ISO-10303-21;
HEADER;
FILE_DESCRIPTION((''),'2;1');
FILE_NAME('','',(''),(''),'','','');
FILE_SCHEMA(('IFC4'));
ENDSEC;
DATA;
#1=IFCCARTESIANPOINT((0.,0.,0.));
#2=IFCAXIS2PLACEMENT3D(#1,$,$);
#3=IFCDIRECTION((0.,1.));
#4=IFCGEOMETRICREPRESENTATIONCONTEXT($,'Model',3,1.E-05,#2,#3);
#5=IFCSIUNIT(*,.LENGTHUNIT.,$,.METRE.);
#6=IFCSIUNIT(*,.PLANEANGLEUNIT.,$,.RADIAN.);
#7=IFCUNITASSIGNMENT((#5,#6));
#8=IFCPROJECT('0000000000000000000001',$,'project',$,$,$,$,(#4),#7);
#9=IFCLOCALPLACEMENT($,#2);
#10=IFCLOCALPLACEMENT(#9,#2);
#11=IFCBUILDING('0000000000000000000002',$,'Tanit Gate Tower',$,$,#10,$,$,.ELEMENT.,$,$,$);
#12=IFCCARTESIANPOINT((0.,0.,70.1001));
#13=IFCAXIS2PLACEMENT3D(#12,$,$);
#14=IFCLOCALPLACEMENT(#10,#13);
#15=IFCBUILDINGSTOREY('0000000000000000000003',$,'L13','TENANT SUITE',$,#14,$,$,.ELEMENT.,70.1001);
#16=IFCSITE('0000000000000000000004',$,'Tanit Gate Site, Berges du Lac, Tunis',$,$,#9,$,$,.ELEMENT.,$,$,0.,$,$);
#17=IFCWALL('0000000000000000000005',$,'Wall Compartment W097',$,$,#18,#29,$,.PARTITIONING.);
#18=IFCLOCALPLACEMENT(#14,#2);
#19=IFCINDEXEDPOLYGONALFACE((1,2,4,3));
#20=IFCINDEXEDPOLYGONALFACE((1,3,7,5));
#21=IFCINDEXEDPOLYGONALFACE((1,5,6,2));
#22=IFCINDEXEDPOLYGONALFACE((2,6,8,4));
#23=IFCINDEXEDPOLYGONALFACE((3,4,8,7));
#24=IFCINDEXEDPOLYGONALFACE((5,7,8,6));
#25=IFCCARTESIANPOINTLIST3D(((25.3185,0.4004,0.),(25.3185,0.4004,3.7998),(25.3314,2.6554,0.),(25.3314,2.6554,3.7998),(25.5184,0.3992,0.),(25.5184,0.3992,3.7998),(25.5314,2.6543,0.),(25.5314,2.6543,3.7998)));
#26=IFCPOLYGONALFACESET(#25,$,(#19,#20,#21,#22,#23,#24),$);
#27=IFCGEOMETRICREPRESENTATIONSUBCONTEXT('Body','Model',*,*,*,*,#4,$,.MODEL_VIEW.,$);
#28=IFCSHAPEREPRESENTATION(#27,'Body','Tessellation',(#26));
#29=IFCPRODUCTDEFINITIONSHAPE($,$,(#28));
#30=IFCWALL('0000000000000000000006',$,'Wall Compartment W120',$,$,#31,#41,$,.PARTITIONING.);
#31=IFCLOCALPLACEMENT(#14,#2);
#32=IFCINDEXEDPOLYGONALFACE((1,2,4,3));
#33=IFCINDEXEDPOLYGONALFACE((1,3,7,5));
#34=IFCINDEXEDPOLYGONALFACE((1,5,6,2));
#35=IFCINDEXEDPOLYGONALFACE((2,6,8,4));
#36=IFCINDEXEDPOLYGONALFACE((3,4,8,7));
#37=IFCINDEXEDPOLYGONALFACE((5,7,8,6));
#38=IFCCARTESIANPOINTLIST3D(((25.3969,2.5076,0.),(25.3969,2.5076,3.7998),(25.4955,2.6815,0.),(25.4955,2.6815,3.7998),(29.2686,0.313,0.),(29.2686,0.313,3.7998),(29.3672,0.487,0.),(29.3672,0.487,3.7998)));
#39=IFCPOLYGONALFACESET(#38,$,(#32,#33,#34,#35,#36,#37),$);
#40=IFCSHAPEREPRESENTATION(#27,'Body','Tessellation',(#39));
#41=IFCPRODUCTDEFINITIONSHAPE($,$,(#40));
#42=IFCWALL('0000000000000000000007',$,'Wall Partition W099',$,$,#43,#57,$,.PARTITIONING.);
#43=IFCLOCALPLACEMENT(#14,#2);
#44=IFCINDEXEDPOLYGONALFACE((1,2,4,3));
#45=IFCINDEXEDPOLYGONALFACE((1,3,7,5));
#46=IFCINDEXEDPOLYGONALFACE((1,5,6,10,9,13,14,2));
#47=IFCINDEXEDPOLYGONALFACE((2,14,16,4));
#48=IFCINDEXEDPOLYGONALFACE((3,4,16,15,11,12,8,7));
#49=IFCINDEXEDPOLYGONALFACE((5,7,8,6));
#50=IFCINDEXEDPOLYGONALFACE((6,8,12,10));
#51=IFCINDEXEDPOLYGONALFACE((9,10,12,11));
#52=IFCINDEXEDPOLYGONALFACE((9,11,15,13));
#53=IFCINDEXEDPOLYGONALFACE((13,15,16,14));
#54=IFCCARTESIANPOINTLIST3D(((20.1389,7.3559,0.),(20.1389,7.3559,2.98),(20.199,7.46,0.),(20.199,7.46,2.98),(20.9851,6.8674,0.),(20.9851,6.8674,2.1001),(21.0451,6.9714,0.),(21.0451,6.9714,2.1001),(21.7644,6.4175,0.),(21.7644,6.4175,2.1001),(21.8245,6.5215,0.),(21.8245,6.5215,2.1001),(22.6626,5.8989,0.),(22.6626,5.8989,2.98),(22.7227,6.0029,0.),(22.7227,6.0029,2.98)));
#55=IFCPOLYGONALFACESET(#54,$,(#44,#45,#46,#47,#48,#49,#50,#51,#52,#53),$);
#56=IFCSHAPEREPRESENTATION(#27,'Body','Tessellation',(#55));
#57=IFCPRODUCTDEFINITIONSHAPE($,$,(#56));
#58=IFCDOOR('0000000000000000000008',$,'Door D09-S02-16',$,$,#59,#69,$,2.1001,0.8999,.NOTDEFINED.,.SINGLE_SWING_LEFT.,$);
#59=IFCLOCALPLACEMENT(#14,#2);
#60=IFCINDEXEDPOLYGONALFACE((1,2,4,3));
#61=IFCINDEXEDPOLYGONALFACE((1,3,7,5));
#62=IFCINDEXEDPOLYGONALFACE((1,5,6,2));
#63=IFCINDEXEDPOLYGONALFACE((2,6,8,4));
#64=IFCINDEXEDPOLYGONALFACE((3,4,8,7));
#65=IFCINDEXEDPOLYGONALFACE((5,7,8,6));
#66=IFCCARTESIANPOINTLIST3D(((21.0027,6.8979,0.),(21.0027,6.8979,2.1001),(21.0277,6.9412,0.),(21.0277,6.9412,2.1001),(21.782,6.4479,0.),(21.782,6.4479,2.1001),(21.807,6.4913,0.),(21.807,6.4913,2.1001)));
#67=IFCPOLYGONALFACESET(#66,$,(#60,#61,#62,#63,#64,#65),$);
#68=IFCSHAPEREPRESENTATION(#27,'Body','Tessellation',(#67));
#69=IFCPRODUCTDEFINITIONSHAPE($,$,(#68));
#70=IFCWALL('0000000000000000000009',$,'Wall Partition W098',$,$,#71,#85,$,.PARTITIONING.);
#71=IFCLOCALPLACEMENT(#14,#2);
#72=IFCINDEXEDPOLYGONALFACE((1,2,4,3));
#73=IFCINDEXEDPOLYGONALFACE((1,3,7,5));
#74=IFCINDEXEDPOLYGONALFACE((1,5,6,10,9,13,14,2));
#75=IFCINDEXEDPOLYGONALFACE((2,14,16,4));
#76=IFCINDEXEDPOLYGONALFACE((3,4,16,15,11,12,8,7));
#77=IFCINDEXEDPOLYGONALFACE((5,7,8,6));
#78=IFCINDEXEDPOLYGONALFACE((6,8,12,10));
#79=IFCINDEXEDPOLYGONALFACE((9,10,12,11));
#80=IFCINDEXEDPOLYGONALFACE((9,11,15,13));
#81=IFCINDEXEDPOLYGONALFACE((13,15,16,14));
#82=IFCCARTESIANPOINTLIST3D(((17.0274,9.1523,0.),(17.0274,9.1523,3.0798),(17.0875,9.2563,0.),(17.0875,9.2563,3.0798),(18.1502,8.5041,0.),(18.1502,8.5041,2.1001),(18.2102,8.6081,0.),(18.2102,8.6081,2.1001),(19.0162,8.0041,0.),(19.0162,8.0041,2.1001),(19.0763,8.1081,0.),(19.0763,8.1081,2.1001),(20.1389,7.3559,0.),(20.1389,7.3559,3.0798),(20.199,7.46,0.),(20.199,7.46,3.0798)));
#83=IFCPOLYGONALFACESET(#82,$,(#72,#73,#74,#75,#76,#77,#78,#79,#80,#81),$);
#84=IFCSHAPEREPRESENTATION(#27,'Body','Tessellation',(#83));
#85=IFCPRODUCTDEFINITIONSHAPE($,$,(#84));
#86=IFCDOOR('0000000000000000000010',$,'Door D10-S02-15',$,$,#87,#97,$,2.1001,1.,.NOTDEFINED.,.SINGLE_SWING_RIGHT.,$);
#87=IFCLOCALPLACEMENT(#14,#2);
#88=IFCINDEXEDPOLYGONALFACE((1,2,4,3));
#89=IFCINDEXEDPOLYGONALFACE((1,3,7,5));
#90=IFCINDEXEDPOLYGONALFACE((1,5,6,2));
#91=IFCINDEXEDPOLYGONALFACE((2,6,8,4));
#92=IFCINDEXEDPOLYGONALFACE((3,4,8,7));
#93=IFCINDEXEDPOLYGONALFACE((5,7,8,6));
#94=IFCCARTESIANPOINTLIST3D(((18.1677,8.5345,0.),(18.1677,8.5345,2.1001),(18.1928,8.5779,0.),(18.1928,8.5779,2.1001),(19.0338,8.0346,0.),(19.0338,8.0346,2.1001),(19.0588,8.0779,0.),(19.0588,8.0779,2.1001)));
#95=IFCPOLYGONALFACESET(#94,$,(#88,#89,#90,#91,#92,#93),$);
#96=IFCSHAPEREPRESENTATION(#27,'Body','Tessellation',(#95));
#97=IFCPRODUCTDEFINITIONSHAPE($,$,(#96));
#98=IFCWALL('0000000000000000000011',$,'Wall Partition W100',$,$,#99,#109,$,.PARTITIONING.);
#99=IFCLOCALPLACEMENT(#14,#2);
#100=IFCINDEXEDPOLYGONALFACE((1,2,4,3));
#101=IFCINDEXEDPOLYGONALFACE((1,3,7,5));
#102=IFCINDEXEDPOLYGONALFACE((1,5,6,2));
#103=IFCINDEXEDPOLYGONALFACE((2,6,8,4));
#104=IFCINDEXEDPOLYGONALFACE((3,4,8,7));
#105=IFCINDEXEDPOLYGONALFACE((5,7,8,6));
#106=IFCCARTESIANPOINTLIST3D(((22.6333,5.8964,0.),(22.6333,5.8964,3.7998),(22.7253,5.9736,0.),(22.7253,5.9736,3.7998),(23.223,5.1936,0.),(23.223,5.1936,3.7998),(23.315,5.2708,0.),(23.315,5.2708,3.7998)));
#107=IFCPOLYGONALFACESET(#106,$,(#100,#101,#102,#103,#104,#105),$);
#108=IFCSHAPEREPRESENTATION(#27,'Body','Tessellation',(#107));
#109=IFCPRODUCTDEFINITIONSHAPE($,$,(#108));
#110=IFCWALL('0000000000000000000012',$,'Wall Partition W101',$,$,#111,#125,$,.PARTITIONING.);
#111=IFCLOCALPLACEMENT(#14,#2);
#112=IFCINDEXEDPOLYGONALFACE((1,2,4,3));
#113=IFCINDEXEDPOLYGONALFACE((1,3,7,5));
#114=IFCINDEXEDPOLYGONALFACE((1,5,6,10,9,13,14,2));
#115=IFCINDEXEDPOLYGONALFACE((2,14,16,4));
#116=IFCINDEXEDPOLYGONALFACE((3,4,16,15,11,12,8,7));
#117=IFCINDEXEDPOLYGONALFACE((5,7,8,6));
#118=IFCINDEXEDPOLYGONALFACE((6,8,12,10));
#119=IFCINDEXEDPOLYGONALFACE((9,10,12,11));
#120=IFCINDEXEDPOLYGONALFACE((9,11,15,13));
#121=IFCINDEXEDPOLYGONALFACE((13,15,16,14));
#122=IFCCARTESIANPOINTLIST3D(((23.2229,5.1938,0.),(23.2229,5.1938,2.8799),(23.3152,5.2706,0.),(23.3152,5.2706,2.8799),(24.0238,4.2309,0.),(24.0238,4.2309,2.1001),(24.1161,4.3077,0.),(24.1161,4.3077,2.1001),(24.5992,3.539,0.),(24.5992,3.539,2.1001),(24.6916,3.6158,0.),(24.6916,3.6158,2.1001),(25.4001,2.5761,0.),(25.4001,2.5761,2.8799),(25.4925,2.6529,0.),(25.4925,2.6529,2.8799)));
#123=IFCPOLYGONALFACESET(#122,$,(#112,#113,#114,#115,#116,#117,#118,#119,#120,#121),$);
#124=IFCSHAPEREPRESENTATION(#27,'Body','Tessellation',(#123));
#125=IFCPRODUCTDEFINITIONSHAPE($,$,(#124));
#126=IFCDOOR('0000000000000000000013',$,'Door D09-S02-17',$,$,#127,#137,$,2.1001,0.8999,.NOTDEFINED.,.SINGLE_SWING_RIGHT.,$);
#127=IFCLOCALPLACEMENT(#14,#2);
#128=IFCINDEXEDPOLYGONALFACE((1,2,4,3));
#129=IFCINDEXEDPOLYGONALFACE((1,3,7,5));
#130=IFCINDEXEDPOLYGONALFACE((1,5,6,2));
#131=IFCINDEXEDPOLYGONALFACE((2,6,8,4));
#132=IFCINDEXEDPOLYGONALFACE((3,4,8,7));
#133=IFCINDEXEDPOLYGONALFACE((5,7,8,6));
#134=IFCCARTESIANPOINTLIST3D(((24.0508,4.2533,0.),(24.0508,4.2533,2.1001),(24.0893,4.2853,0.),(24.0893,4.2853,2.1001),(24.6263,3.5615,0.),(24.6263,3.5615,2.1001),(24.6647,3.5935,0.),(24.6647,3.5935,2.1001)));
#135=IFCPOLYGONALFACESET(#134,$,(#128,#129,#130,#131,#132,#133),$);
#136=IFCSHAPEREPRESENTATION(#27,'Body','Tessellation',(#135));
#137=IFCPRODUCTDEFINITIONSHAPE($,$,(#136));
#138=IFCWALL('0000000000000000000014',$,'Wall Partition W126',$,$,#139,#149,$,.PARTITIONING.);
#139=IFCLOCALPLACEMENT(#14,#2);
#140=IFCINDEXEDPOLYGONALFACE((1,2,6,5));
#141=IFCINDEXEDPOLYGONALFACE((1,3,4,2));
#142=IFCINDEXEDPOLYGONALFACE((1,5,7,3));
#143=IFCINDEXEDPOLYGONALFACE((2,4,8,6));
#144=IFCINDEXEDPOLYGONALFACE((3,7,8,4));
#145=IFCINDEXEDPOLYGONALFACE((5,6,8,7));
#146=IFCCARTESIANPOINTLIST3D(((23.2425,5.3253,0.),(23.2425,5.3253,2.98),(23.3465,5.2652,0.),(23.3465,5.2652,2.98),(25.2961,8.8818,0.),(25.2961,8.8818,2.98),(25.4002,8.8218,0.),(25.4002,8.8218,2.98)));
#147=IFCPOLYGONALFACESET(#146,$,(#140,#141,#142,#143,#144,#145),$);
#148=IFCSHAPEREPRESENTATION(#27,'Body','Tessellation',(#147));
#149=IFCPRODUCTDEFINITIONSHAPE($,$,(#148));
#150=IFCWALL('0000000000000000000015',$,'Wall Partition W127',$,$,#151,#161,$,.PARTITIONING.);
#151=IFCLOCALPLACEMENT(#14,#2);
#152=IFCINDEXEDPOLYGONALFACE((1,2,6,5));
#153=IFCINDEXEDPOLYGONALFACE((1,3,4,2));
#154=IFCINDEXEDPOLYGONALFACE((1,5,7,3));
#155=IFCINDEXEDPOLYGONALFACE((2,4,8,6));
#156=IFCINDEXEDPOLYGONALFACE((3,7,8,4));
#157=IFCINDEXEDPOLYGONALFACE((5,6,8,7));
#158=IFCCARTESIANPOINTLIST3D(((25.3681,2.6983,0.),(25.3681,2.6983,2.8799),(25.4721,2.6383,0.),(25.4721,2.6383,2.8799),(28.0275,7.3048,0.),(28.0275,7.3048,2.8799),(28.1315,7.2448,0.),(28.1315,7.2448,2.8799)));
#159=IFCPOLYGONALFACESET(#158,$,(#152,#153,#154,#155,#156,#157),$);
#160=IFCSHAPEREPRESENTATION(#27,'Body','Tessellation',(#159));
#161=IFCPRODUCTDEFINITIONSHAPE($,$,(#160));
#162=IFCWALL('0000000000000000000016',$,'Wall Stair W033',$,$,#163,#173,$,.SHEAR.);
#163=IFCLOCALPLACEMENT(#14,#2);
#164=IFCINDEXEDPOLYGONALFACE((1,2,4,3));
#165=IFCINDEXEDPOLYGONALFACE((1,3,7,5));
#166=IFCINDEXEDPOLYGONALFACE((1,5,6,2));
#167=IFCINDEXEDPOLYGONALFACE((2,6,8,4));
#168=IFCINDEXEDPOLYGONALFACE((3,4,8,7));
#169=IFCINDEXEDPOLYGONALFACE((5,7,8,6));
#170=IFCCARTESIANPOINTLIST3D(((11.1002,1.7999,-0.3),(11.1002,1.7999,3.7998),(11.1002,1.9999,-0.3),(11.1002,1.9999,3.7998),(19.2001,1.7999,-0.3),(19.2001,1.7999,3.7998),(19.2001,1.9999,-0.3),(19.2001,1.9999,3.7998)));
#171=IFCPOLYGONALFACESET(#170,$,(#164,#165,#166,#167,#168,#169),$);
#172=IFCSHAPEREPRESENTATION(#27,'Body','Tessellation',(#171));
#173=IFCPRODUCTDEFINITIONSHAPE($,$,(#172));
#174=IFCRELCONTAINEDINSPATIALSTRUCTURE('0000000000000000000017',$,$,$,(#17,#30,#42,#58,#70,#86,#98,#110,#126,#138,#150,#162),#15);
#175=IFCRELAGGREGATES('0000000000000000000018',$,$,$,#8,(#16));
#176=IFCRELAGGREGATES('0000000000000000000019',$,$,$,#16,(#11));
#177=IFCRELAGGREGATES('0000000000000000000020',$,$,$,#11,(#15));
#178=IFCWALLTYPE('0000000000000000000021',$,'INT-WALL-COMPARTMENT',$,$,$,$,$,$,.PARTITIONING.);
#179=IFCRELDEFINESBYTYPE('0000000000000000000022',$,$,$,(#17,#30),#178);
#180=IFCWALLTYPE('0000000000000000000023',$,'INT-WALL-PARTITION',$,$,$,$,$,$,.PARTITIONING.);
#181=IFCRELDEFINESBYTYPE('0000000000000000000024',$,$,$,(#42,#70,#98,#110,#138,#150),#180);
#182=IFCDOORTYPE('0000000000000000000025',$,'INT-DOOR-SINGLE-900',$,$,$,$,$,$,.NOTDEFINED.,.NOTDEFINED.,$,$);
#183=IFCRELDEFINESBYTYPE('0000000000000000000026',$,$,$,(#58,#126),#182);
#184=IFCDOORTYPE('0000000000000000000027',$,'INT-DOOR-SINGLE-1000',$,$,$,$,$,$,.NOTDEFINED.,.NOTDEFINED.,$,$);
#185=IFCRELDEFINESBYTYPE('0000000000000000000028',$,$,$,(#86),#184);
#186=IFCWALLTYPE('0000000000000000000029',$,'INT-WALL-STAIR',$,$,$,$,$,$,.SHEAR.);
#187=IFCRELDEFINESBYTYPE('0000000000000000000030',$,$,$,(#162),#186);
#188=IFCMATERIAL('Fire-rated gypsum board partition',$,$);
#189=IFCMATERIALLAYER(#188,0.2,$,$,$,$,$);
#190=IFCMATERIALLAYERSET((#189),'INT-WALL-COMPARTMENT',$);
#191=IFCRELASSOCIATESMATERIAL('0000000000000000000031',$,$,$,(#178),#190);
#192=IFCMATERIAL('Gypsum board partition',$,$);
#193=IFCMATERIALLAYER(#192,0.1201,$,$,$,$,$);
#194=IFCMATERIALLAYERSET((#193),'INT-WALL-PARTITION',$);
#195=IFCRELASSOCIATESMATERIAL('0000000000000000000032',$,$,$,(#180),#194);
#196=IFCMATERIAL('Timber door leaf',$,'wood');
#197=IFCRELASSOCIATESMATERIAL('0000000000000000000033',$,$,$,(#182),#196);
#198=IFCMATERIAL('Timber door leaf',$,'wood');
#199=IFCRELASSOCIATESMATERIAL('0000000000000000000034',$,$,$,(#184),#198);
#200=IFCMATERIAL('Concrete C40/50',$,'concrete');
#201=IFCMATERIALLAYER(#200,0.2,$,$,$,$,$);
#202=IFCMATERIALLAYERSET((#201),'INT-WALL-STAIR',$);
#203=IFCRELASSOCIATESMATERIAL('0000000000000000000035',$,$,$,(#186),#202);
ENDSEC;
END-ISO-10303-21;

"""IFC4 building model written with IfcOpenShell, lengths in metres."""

from ifc_helpers import new_model, si_unit, direction, frame, frame_2d, origin, place, context, subcontext, project, spatial, rectangle, extrude, material, layer, layer_set, type_object, element, fill, save


model = new_model("IFC4")

# Units and contexts
model_context = context("Model", 3, precision=1e-05, world=origin(), true_north=direction((0.0, 1.0)))
body_context = subcontext(model_context, "Body", "Model", "MODEL_VIEW")
ifc_project = project(units=[si_unit("LENGTHUNIT", "METRE"), si_unit("PLANEANGLEUNIT", "RADIAN")], contexts=[model_context])

# Site, building, storey
site_placement = place(None, origin())
site = spatial("IfcSite", under=ifc_project, at=site_placement, Name="Tanit Gate Site, Berges du Lac, Tunis", CompositionType="ELEMENT", RefElevation=0.0)
building_placement = place(site_placement, origin())
building = spatial("IfcBuilding", under=site, at=building_placement, Name="Tanit Gate Tower", CompositionType="ELEMENT")
storey_placement = place(building_placement, frame((0.0, 0.0, 70.1001)))
storey = spatial("IfcBuildingStorey", under=building, at=storey_placement, Name="L13", Description="TENANT SUITE", CompositionType="ELEMENT", Elevation=70.1001)

# Walls
ifc_material_1 = material(Name="Fire-rated gypsum board partition")
ifc_layer_1 = layer(ifc_material_1, 0.2)
ifc_layer_set_1 = layer_set([ifc_layer_1], Name="INT-WALL-COMPARTMENT")
wall_type_1 = type_object("IfcWallType", Name="INT-WALL-COMPARTMENT", PredefinedType="PARTITIONING", material=ifc_layer_set_1)
wall_1_placement = place(storey_placement, frame((25.4185, 0.3999, 0.0), z_axis=(0.0, 0.0, 1.0), x_axis=(0.005738, 0.999984, 0.0)))
element("IfcWall", 1, at=wall_1_placement, inside=storey, type_object=wall_type_1, Name="Wall Compartment W097", PredefinedType="PARTITIONING", context=body_context, shape_type="SweptSolid", body=[
    extrude(rectangle(XDim=2.2551, YDim=0.2, at=frame_2d((1.1274, 0.0))), origin(), (0.0, 0.0, 1.0), 3.7998),
])
wall_2_placement = place(storey_placement, frame((25.4463, 2.5945, 0.0), z_axis=(0.0, 0.0, 1.0), x_axis=(0.86997, -0.493105, 0.0)))
element("IfcWall", 2, at=wall_2_placement, inside=storey, type_object=wall_type_1, Name="Wall Compartment W120", PredefinedType="PARTITIONING", context=body_context, shape_type="SweptSolid", body=[
    extrude(rectangle(XDim=4.4504, YDim=0.2, at=frame_2d((2.2251, 0.0))), origin(), (0.0, 0.0, 1.0), 3.7998),
])

# Walls, openings, doors
ifc_material_2 = material(Name="Gypsum board partition")
ifc_layer_2 = layer(ifc_material_2, 0.1201)
ifc_layer_set_2 = layer_set([ifc_layer_2], Name="INT-WALL-PARTITION")
wall_type_2 = type_object("IfcWallType", Name="INT-WALL-PARTITION", PredefinedType="PARTITIONING", material=ifc_layer_set_2)
wall_3_placement = place(storey_placement, frame((22.6926, 5.9509, 0.0), z_axis=(0.0, 0.0, 1.0), x_axis=(-0.866028, 0.499996, 0.0)))
wall_3 = element("IfcWall", 3, at=wall_3_placement, inside=storey, type_object=wall_type_2, Name="Wall Partition W099", PredefinedType="PARTITIONING", context=body_context, shape_type="SweptSolid", body=[
    extrude(rectangle(XDim=2.9141, YDim=0.1201, at=frame_2d((1.457, 0.0))), origin(), (0.0, 0.0, 1.0), 2.98),
])
opening_1_placement = place(wall_3_placement, frame((1.0371, 0.0, 0.0)))
opening_1 = element("IfcOpeningElement", 4, at=opening_1_placement, cuts=wall_3, PredefinedType="OPENING", context=body_context, shape_type="SweptSolid", body=[
    extrude(rectangle(XDim=0.8999, YDim=2.1001, at=frame_2d((0.45, 1.05))), frame((0.0, 0.0701, 0.0), z_axis=(0.0, -1.0, 0.0), x_axis=(1.0, 0.0, 0.0)), (0.0, 0.0, 1.0), 0.1401),
])
ifc_material_3 = material(Name="Timber door leaf", Category="wood")
door_type_1 = type_object("IfcDoorType", Name="INT-DOOR-SINGLE-900", OperationType="NOTDEFINED", PredefinedType="NOTDEFINED", material=ifc_material_3)
door_1_placement = place(opening_1_placement, origin())
door_1 = element("IfcDoor", 5, at=door_1_placement, inside=storey, type_object=door_type_1, Name="Door D09-S02-16", OperationType="SINGLE_SWING_LEFT", OverallHeight=2.1001, OverallWidth=0.8999, PredefinedType="NOTDEFINED", context=body_context, shape_type="SweptSolid", body=[
    extrude(rectangle(XDim=0.8999, YDim=2.1001, at=frame_2d((0.45, 1.05))), frame((0.0, 0.0249, 0.0), z_axis=(0.0, -1.0, 0.0), x_axis=(1.0, 0.0, 0.0)), (0.0, 0.0, 1.0), 0.05),
])
fill(opening_1, door_1)
wall_4_placement = place(storey_placement, frame((20.1689, 7.408, 0.0), z_axis=(0.0, 0.0, 1.0), x_axis=(-0.866035, 0.499983, 0.0)))
wall_4 = element("IfcWall", 6, at=wall_4_placement, inside=storey, type_object=wall_type_2, Name="Wall Partition W098", PredefinedType="PARTITIONING", context=body_context, shape_type="SweptSolid", body=[
    extrude(rectangle(XDim=3.5928, YDim=0.1201, at=frame_2d((1.7964, 0.0))), origin(), (0.0, 0.0, 1.0), 3.0798),
])
opening_2_placement = place(wall_4_placement, frame((1.2964, 0.0, 0.0)))
opening_2 = element("IfcOpeningElement", 7, at=opening_2_placement, cuts=wall_4, PredefinedType="OPENING", context=body_context, shape_type="SweptSolid", body=[
    extrude(rectangle(XDim=1.0, YDim=2.1001, at=frame_2d((0.5, 1.05))), frame((0.0, 0.0701, 0.0), z_axis=(0.0, -1.0, 0.0), x_axis=(1.0, 0.0, 0.0)), (0.0, 0.0, 1.0), 0.1401),
])
ifc_material_4 = material(Name="Timber door leaf", Category="wood")
door_type_2 = type_object("IfcDoorType", Name="INT-DOOR-SINGLE-1000", OperationType="NOTDEFINED", PredefinedType="NOTDEFINED", material=ifc_material_4)
door_2_placement = place(opening_2_placement, origin())
door_2 = element("IfcDoor", 8, at=door_2_placement, inside=storey, type_object=door_type_2, Name="Door D10-S02-15", OperationType="SINGLE_SWING_RIGHT", OverallHeight=2.1001, OverallWidth=1.0, PredefinedType="NOTDEFINED", context=body_context, shape_type="SweptSolid", body=[
    extrude(rectangle(XDim=1.0, YDim=2.1001, at=frame_2d((0.5, 1.05))), frame((0.0, 0.0249, 0.0), z_axis=(0.0, -1.0, 0.0), x_axis=(1.0, 0.0, 0.0)), (0.0, 0.0, 1.0), 0.05),
])
fill(opening_2, door_2)

# Wall
wall_5_placement = place(storey_placement, frame((23.269, 5.2322, 0.0), z_axis=(0.0, 0.0, 1.0), x_axis=(-0.642824, 0.766014, 0.0)))
element("IfcWall", 9, at=wall_5_placement, inside=storey, type_object=wall_type_2, Name="Wall Partition W100", PredefinedType="PARTITIONING", context=body_context, shape_type="SweptSolid", body=[
    extrude(rectangle(XDim=0.9175, YDim=0.1201, at=frame_2d((0.4587, 0.0))), origin(), (0.0, 0.0, 1.0), 3.7998),
])

# Wall, opening, door
wall_6_placement = place(storey_placement, frame((25.4463, 2.6145, 0.0), z_axis=(0.0, 0.0, 1.0), x_axis=(-0.639465, 0.76882, 0.0)))
wall_6 = element("IfcWall", 10, at=wall_6_placement, inside=storey, type_object=wall_type_2, Name="Wall Partition W101", PredefinedType="PARTITIONING", context=body_context, shape_type="SweptSolid", body=[
    extrude(rectangle(XDim=3.4048, YDim=0.1201, at=frame_2d((1.7024, 0.0))), origin(), (0.0, 0.0, 1.0), 2.8799),
])
opening_3_placement = place(wall_6_placement, frame((1.2524, 0.0, 0.0)))
opening_3 = element("IfcOpeningElement", 11, at=opening_3_placement, cuts=wall_6, PredefinedType="OPENING", context=body_context, shape_type="SweptSolid", body=[
    extrude(rectangle(XDim=0.8999, YDim=2.1001, at=frame_2d((0.45, 1.05))), frame((0.0, 0.0701, 0.0), z_axis=(0.0, -1.0, 0.0), x_axis=(1.0, 0.0, 0.0)), (0.0, 0.0, 1.0), 0.1401),
])
door_3_placement = place(opening_3_placement, origin())
door_3 = element("IfcDoor", 12, at=door_3_placement, inside=storey, type_object=door_type_1, Name="Door D09-S02-17", OperationType="SINGLE_SWING_RIGHT", OverallHeight=2.1001, OverallWidth=0.8999, PredefinedType="NOTDEFINED", context=body_context, shape_type="SweptSolid", body=[
    extrude(rectangle(XDim=0.8999, YDim=2.1001, at=frame_2d((0.45, 1.05))), frame((0.0, 0.0249, 0.0), z_axis=(0.0, -1.0, 0.0), x_axis=(1.0, 0.0, 0.0)), (0.0, 0.0, 1.0), 0.05),
])
fill(opening_3, door_3)

# Walls
wall_7_placement = place(storey_placement, frame((25.3481, 8.8518, 0.0), z_axis=(0.0, 0.0, 1.0), x_axis=(-0.500052, -0.865996, 0.0)))
element("IfcWall", 13, at=wall_7_placement, inside=storey, type_object=wall_type_2, Name="Wall Partition W126", PredefinedType="PARTITIONING", context=body_context, shape_type="SweptSolid", body=[
    extrude(rectangle(XDim=4.1069, YDim=0.1201, at=frame_2d((2.0535, 0.0))), origin(), (0.0, 0.0, 1.0), 2.98),
])
wall_8_placement = place(storey_placement, frame((28.0796, 7.2749, 0.0), z_axis=(0.0, 0.0, 1.0), x_axis=(-0.499985, -0.866034, 0.0)))
element("IfcWall", 14, at=wall_8_placement, inside=storey, type_object=wall_type_2, Name="Wall Partition W127", PredefinedType="PARTITIONING", context=body_context, shape_type="SweptSolid", body=[
    extrude(rectangle(XDim=5.3191, YDim=0.1201, at=frame_2d((2.6597, 0.0))), origin(), (0.0, 0.0, 1.0), 2.8799),
])
ifc_material_5 = material(Name="Concrete C40/50", Category="concrete")
ifc_layer_3 = layer(ifc_material_5, 0.2)
ifc_layer_set_3 = layer_set([ifc_layer_3], Name="INT-WALL-STAIR")
wall_type_3 = type_object("IfcWallType", Name="INT-WALL-STAIR", PredefinedType="SHEAR", material=ifc_layer_set_3)
wall_9_placement = place(storey_placement, frame((19.2, 1.8999, -0.3), z_axis=(0.0, 0.0, 1.0), x_axis=(-1.0, 0.0, 0.0)))
element("IfcWall", 15, at=wall_9_placement, inside=storey, type_object=wall_type_3, Name="Wall Stair W033", PredefinedType="SHEAR", context=body_context, shape_type="SweptSolid", body=[
    extrude(rectangle(XDim=8.0999, YDim=0.2, at=frame_2d((4.0498, 0.0))), origin(), (0.0, 0.0, 1.0), 4.0999),
])

save(model, "model.ifc")
